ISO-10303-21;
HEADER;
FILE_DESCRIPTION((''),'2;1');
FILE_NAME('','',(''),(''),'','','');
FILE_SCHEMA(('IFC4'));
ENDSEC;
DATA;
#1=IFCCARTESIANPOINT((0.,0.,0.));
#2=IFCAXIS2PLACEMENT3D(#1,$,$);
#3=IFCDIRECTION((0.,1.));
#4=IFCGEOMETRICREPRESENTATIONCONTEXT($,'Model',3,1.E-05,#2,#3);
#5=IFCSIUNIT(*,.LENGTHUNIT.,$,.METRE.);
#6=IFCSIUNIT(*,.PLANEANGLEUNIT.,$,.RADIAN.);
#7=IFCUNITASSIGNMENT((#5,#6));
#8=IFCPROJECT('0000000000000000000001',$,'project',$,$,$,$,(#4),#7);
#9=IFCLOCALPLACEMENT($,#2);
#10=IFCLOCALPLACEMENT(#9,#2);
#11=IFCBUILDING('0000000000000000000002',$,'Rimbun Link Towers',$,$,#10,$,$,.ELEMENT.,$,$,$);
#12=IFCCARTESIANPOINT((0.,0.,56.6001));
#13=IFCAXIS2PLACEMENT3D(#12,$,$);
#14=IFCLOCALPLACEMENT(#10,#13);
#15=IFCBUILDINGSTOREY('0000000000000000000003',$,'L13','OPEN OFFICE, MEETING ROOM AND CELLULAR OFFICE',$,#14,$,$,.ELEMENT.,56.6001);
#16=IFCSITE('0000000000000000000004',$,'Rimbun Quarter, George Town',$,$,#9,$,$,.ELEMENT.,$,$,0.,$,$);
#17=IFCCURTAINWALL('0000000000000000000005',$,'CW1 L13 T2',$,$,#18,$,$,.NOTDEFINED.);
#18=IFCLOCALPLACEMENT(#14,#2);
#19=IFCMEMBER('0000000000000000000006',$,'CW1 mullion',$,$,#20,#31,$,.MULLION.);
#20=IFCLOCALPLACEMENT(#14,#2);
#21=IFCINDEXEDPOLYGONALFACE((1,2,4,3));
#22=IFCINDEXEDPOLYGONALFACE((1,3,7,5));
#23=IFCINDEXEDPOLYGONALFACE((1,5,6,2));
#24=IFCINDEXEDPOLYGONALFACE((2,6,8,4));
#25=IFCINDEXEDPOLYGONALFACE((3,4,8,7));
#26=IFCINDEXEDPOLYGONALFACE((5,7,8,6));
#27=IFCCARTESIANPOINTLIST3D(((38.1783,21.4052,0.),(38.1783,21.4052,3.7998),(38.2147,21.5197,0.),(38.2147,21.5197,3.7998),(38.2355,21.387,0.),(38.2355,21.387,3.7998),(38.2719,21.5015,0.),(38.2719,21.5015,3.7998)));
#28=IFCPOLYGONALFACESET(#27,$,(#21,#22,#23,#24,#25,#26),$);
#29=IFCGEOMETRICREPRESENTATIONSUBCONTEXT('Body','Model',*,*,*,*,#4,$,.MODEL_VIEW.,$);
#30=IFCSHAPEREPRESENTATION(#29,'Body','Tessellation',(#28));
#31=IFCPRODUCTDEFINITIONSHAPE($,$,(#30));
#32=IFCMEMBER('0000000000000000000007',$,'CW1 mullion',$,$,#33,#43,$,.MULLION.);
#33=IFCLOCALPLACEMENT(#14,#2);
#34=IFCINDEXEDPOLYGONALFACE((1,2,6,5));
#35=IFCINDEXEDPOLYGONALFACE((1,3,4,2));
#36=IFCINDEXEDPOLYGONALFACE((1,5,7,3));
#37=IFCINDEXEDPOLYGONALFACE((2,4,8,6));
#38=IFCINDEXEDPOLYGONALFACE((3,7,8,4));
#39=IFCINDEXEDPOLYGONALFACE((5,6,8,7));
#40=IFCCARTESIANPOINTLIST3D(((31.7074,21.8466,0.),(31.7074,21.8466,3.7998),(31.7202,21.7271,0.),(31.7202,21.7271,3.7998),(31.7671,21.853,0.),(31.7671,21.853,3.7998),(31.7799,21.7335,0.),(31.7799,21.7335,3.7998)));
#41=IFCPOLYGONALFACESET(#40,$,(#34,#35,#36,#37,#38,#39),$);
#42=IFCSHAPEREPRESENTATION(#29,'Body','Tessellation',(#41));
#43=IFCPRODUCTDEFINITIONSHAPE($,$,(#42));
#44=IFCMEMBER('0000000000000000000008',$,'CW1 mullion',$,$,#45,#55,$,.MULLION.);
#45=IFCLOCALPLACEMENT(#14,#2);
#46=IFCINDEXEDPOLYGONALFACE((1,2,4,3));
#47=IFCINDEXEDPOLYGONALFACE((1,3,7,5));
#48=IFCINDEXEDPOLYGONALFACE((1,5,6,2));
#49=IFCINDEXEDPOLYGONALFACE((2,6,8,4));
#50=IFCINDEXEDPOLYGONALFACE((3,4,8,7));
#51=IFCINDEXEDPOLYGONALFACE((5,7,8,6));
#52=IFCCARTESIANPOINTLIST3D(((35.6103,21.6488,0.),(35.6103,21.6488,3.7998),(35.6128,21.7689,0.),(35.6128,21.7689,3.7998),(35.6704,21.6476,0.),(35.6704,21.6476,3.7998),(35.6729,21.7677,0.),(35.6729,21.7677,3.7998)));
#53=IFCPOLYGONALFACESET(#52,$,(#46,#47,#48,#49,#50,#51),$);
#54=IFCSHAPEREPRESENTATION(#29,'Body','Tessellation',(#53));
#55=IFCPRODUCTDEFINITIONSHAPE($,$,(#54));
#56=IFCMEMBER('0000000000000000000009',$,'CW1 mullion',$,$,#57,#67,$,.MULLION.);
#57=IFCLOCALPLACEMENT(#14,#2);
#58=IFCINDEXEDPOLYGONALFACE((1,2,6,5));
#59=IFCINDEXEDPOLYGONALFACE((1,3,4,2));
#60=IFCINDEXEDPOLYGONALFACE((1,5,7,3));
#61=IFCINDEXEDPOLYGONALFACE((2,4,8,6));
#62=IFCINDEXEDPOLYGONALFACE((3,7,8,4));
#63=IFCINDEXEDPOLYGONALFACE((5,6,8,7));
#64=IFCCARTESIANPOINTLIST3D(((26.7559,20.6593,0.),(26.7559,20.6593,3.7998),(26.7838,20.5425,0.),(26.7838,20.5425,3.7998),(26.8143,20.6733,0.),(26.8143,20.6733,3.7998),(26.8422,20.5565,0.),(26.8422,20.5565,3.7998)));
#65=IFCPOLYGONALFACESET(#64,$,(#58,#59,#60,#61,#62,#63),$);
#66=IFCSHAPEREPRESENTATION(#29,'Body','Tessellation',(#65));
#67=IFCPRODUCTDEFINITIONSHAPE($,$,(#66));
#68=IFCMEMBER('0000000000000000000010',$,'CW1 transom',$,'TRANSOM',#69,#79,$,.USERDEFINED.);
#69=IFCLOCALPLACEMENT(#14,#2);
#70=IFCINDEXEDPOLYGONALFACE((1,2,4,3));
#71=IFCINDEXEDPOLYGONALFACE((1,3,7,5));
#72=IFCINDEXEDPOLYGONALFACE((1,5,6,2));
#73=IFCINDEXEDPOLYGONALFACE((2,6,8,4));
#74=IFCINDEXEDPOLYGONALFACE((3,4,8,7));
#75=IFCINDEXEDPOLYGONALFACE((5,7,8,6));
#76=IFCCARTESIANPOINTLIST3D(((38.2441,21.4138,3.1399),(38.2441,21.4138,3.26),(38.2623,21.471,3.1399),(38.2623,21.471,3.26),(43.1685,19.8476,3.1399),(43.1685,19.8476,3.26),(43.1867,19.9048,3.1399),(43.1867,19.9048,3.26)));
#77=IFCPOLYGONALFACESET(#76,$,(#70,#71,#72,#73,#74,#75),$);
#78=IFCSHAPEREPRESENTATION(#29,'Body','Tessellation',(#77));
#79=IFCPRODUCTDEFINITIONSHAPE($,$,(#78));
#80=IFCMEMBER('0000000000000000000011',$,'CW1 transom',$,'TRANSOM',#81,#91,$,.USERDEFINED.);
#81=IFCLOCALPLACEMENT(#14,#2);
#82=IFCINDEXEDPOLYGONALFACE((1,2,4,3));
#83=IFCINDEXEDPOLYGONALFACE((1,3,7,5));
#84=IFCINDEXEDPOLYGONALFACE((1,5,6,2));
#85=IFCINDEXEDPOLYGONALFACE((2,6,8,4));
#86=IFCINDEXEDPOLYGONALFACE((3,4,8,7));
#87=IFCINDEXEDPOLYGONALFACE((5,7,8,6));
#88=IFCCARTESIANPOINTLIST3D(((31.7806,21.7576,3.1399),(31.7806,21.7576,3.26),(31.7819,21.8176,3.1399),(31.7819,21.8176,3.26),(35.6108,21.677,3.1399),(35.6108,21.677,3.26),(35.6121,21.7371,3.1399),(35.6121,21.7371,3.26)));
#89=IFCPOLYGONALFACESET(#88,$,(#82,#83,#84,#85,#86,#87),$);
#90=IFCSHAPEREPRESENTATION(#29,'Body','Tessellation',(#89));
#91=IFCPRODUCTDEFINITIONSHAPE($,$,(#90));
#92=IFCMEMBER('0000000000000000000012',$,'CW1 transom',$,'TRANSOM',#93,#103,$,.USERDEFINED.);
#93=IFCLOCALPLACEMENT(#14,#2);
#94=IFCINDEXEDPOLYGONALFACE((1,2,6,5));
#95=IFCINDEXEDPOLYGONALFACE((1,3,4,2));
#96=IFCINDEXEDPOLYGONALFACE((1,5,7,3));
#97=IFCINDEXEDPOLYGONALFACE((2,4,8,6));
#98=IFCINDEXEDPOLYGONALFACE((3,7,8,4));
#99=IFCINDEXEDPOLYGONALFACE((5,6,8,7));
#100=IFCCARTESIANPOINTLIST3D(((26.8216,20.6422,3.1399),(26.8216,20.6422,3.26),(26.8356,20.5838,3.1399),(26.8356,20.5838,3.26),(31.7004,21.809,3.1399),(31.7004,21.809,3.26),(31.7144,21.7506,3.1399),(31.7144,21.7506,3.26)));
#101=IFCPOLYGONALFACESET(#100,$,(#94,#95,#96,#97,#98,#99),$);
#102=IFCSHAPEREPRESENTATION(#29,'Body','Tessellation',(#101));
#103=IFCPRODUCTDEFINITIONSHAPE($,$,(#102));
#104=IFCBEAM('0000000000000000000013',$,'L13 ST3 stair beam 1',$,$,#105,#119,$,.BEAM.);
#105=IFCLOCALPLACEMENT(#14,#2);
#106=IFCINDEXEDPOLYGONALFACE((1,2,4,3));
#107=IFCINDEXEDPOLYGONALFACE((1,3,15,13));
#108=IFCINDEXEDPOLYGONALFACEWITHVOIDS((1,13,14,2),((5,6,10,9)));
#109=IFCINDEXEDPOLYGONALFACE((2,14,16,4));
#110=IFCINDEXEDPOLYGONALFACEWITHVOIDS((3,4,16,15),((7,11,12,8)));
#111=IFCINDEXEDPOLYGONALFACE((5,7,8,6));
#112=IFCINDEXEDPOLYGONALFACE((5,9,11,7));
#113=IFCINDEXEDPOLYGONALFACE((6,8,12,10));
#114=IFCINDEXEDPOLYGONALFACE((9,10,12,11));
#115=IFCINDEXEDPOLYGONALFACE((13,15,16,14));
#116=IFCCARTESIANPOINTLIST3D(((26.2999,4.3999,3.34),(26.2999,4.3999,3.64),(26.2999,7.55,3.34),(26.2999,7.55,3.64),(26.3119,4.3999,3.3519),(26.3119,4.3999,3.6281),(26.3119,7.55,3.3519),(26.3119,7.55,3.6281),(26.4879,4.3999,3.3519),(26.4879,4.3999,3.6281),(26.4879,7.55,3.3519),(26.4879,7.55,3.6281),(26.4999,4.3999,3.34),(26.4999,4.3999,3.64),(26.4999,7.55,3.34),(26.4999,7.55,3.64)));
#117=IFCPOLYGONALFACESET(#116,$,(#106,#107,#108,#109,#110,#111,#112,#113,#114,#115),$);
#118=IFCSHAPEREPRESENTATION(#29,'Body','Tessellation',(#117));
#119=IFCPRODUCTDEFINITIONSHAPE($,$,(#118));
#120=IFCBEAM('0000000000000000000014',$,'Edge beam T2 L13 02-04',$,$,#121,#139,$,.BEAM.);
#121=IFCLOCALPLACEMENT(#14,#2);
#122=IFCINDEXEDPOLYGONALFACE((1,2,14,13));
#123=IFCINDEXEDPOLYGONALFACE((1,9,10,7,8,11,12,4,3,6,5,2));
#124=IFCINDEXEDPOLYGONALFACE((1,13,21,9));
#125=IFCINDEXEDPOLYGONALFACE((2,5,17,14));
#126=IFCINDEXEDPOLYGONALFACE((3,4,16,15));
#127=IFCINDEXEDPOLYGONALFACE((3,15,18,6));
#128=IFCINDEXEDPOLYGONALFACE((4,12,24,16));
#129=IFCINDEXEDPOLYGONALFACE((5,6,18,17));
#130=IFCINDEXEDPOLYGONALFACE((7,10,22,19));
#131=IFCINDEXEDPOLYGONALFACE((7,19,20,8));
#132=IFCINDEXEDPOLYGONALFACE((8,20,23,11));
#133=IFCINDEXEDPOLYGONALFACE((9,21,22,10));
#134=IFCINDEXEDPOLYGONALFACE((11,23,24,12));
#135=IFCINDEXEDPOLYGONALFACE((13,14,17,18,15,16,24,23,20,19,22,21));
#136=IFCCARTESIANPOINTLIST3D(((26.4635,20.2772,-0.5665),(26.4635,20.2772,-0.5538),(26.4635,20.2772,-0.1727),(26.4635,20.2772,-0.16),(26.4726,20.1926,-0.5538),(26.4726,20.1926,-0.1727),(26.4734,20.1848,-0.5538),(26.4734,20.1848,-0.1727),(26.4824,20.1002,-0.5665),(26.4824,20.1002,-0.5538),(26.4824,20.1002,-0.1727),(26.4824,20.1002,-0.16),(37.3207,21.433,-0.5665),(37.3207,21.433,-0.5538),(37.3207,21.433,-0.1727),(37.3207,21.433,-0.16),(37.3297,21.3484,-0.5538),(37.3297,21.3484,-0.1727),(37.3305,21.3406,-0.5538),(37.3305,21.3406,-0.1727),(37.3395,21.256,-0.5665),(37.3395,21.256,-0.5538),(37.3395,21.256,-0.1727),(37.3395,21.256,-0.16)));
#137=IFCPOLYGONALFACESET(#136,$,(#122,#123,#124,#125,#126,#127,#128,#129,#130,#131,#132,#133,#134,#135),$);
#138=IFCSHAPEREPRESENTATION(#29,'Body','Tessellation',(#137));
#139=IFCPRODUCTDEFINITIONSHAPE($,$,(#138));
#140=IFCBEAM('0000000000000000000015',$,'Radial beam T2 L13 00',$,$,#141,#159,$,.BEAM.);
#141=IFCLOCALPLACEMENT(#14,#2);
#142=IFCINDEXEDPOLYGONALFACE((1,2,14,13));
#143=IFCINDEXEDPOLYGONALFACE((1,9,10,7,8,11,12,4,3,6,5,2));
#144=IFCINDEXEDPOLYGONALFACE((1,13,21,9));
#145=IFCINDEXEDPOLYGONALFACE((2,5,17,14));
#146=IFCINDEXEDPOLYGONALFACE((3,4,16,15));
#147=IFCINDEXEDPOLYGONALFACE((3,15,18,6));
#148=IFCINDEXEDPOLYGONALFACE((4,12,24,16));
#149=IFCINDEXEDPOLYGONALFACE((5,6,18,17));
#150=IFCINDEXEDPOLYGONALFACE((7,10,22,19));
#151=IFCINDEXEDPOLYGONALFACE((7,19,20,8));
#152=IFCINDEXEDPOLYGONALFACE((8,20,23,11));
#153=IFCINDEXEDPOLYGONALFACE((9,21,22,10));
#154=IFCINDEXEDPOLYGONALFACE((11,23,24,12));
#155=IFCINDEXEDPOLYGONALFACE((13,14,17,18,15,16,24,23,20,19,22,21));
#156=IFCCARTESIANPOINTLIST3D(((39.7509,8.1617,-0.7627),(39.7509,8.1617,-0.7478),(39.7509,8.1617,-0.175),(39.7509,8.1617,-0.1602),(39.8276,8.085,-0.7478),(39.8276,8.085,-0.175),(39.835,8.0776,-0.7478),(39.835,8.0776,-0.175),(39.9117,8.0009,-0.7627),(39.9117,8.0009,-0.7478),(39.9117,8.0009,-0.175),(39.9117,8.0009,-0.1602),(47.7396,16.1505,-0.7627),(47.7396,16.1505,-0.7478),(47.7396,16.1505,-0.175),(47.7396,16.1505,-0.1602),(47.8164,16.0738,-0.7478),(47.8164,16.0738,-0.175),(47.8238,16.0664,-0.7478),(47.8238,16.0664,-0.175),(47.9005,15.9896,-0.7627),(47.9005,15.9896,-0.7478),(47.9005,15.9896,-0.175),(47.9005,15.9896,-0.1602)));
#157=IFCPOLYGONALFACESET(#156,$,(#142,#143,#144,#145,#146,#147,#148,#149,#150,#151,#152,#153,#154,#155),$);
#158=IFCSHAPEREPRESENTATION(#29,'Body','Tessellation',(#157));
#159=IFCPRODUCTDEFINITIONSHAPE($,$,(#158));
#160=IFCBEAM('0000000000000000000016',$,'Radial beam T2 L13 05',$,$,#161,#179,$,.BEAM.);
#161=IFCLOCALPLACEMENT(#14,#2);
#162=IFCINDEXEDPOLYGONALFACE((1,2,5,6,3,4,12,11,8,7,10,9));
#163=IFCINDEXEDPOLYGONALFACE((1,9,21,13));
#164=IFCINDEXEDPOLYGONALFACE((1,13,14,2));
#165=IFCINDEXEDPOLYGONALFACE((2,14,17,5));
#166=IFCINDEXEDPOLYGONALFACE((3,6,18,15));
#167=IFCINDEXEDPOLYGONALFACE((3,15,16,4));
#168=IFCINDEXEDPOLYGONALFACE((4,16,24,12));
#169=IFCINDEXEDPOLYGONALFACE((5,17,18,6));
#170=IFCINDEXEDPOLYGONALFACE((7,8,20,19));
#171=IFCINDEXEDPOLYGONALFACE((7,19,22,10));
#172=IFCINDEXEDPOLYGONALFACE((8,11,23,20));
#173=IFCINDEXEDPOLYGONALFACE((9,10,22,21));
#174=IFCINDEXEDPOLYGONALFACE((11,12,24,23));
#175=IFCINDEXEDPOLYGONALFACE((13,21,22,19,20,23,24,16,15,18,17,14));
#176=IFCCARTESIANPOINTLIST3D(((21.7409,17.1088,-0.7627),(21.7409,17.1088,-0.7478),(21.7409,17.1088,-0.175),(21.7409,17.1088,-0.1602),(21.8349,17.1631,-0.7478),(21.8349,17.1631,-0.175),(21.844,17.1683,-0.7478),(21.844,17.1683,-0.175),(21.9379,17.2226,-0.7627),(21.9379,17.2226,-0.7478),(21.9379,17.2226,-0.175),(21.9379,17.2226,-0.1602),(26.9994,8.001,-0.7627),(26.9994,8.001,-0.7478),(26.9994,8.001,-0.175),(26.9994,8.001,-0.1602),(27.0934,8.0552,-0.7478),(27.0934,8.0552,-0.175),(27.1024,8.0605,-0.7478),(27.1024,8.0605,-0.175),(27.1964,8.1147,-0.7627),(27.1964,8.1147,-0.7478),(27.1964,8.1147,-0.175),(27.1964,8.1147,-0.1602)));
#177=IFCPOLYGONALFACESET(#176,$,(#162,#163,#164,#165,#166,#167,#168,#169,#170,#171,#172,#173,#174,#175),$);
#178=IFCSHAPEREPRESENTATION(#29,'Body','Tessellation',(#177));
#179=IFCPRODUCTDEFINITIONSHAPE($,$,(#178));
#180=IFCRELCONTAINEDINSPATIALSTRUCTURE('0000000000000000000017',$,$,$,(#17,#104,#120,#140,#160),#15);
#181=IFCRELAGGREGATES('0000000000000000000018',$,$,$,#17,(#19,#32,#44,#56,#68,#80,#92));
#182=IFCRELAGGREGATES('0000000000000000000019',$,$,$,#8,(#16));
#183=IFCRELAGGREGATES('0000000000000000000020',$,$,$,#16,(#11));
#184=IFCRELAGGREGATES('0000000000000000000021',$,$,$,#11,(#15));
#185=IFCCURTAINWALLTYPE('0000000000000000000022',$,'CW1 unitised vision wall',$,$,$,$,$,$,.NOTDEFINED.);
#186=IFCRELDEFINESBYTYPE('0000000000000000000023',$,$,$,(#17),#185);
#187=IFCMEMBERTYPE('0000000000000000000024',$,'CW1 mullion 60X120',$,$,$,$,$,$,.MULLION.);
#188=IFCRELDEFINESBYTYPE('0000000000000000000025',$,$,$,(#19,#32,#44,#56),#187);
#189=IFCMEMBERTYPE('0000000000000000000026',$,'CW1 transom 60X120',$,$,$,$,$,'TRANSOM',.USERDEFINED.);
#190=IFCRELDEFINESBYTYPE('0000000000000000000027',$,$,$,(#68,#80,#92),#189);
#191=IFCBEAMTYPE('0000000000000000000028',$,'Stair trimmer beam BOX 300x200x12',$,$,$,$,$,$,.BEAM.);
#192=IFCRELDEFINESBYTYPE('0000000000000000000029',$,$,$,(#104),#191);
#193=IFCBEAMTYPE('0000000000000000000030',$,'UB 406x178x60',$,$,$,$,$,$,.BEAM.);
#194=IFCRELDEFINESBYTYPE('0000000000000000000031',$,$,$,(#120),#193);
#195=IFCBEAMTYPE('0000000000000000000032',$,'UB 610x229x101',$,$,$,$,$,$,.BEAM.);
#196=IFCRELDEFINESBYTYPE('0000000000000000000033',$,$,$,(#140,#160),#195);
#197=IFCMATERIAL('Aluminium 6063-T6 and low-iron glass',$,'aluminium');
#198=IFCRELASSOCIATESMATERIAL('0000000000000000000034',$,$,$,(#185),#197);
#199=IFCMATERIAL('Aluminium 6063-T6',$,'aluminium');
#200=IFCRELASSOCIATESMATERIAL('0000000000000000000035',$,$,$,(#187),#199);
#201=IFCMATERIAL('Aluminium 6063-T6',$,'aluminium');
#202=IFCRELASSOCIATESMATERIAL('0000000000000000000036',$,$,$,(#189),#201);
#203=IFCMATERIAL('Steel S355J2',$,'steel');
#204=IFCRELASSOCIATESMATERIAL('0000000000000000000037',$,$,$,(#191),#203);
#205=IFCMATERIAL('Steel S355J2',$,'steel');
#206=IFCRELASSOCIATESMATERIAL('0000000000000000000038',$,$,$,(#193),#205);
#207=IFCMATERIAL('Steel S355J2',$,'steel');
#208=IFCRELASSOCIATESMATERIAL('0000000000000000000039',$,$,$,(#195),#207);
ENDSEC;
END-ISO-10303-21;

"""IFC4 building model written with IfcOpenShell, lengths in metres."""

from ifc_helpers import new_model, si_unit, direction, frame, origin, origin_2d, place, context, subcontext, project, spatial, rectangle, hollow_rectangle, i_section, extrude, material, material_profile, profile_set, type_object, element, aggregate, save


model = new_model("IFC4")

# Units and contexts
model_context = context("Model", 3, precision=1e-05, world=origin(), true_north=direction((0.0, 1.0)))
body_context = subcontext(model_context, "Body", "Model", "MODEL_VIEW")
ifc_project = project(units=[si_unit("LENGTHUNIT", "METRE"), si_unit("PLANEANGLEUNIT", "RADIAN")], contexts=[model_context])

# Site, building, storey
site_placement = place(None, origin())
site = spatial("IfcSite", under=ifc_project, at=site_placement, Name="Rimbun Quarter, George Town", CompositionType="ELEMENT", RefElevation=0.0)
building_placement = place(site_placement, origin())
building = spatial("IfcBuilding", under=site, at=building_placement, Name="Rimbun Link Towers", CompositionType="ELEMENT")
storey_placement = place(building_placement, frame((0.0, 0.0, 56.6001)))
storey = spatial("IfcBuildingStorey", under=building, at=storey_placement, Name="L13", Description="OPEN OFFICE, MEETING ROOM AND CELLULAR OFFICE", CompositionType="ELEMENT", Elevation=56.6001)

# Curtain wall, members
ifc_material_1 = material(Name="Aluminium 6063-T6 and low-iron glass", Category="aluminium")
curtain_wall_type = type_object("IfcCurtainWallType", Name="CW1 unitised vision wall", PredefinedType="NOTDEFINED", material=ifc_material_1)
curtain_wall_placement = place(storey_placement, origin())
curtain_wall = element("IfcCurtainWall", 1, at=curtain_wall_placement, inside=storey, type_object=curtain_wall_type, Name="CW1 L13 T2", PredefinedType="NOTDEFINED")
ifc_material_2 = material(Name="Aluminium 6063-T6", Category="aluminium")
ifc_material_profile_1 = material_profile(ifc_material_2, rectangle(XDim=0.1201, YDim=0.0601, at=origin_2d()), Name="MULLION 60X120")
ifc_profile_set_1 = profile_set([ifc_material_profile_1], Name="Aluminium 6063-T6")
member_type_1 = type_object("IfcMemberType", Name="CW1 mullion 60X120", PredefinedType="MULLION", material=ifc_profile_set_1)
member_1_placement = place(storey_placement, frame((38.2251, 21.4534, 0.0), z_axis=(0.0, 0.0, 1.0), x_axis=(0.303073, 0.952967, 0.0)))
member_1 = element("IfcMember", 2, at=member_1_placement, type_object=member_type_1, Name="CW1 mullion", PredefinedType="MULLION", context=body_context, shape_type="SweptSolid", body=[
    extrude(rectangle(XDim=0.1201, YDim=0.0601, at=origin_2d()), origin(), (0.0, 0.0, 1.0), 3.7998),
])
member_2_placement = place(storey_placement, frame((31.7437, 21.79, 0.0), z_axis=(0.0, 0.0, 1.0), x_axis=(-0.10664, 0.994298, 0.0)))
member_2 = element("IfcMember", 3, at=member_2_placement, type_object=member_type_1, Name="CW1 mullion", PredefinedType="MULLION", context=body_context, shape_type="SweptSolid", body=[
    extrude(rectangle(XDim=0.1201, YDim=0.0601, at=origin_2d()), origin(), (0.0, 0.0, 1.0), 3.7998),
])
member_3_placement = place(storey_placement, frame((35.6416, 21.7083, 0.0), z_axis=(0.0, 0.0, 1.0), x_axis=(0.021066, 0.999778, 0.0)))
member_3 = element("IfcMember", 4, at=member_3_placement, type_object=member_type_1, Name="CW1 mullion", PredefinedType="MULLION", context=body_context, shape_type="SweptSolid", body=[
    extrude(rectangle(XDim=0.1201, YDim=0.0601, at=origin_2d()), origin(), (0.0, 0.0, 1.0), 3.7998),
])
member_4_placement = place(storey_placement, frame((26.7991, 20.6079, 0.0), z_axis=(0.0, 0.0, 1.0), x_axis=(-0.232603, 0.972572, 0.0)))
member_4 = element("IfcMember", 5, at=member_4_placement, type_object=member_type_1, Name="CW1 mullion", PredefinedType="MULLION", context=body_context, shape_type="SweptSolid", body=[
    extrude(rectangle(XDim=0.1201, YDim=0.0601, at=origin_2d()), origin(), (0.0, 0.0, 1.0), 3.7998),
])
ifc_material_3 = material(Name="Aluminium 6063-T6", Category="aluminium")
ifc_material_profile_2 = material_profile(ifc_material_3, rectangle(XDim=0.0601, YDim=0.1201, at=origin_2d()), Name="TRANSOM 60X120")
ifc_profile_set_2 = profile_set([ifc_material_profile_2], Name="Aluminium 6063-T6")
member_type_2 = type_object("IfcMemberType", Name="CW1 transom 60X120", ElementType="TRANSOM", PredefinedType="USERDEFINED", material=ifc_profile_set_2)
member_5_placement = place(storey_placement, frame((38.2532, 21.4424, 3.2), z_axis=(0.952963, -0.303087, 0.0), x_axis=(0.303087, 0.952963, 0.0)))
member_5 = element("IfcMember", 6, at=member_5_placement, type_object=member_type_2, Name="CW1 transom", ObjectType="TRANSOM", PredefinedType="USERDEFINED", context=body_context, shape_type="SweptSolid", body=[
    extrude(rectangle(XDim=0.0601, YDim=0.1201, at=origin_2d()), origin(), (0.0, 0.0, 1.0), 5.1675),
])
member_6_placement = place(storey_placement, frame((31.7812, 21.7876, 3.2), z_axis=(0.999779, -0.021029, 0.0), x_axis=(0.021029, 0.999779, 0.0)))
member_6 = element("IfcMember", 7, at=member_6_placement, type_object=member_type_2, Name="CW1 transom", ObjectType="TRANSOM", PredefinedType="USERDEFINED", context=body_context, shape_type="SweptSolid", body=[
    extrude(rectangle(XDim=0.0601, YDim=0.1201, at=origin_2d()), origin(), (0.0, 0.0, 1.0), 3.8311),
])
member_7_placement = place(storey_placement, frame((26.8286, 20.613, 3.2), z_axis=(0.972574, 0.232594, 0.0), x_axis=(-0.232594, 0.972574, 0.0)))
member_7 = element("IfcMember", 8, at=member_7_placement, type_object=member_type_2, Name="CW1 transom", ObjectType="TRANSOM", PredefinedType="USERDEFINED", context=body_context, shape_type="SweptSolid", body=[
    extrude(rectangle(XDim=0.0601, YDim=0.1201, at=origin_2d()), origin(), (0.0, 0.0, 1.0), 5.0164),
])

# Beams
ifc_material_4 = material(Name="Steel S355J2", Category="steel")
ifc_material_profile_3 = material_profile(ifc_material_4, hollow_rectangle(XDim=0.2, YDim=0.3, WallThickness=0.012, at=origin_2d()), Name="BOX 300x200x12")
ifc_profile_set_3 = profile_set([ifc_material_profile_3], Name="Steel S355J2")
beam_type_1 = type_object("IfcBeamType", Name="Stair trimmer beam BOX 300x200x12", PredefinedType="BEAM", material=ifc_profile_set_3)
beam_1_placement = place(storey_placement, frame((26.3999, 7.55, 3.49), z_axis=(0.0, -1.0, 0.0), x_axis=(1.0, 0.0, 0.0)))
element("IfcBeam", 9, at=beam_1_placement, inside=storey, type_object=beam_type_1, Name="L13 ST3 stair beam 1", PredefinedType="BEAM", context=body_context, shape_type="SweptSolid", body=[
    extrude(hollow_rectangle(XDim=0.2, YDim=0.3, WallThickness=0.012, at=origin_2d()), origin(), (0.0, 0.0, 1.0), 3.1501),
])
ifc_material_5 = material(Name="Steel S355J2", Category="steel")
ifc_material_profile_4 = material_profile(ifc_material_5, i_section(OverallWidth=0.178, OverallDepth=0.4065, WebThickness=0.0078, FlangeThickness=0.0127, at=origin_2d()), Name="UB 406x178x60")
ifc_profile_set_4 = profile_set([ifc_material_profile_4], Name="Steel S355J2")
beam_type_2 = type_object("IfcBeamType", Name="UB 406x178x60", PredefinedType="BEAM", material=ifc_profile_set_4)
beam_2_placement = place(storey_placement, frame((37.3301, 21.3445, -0.3633), z_axis=(-0.994382, -0.105853, 0.0), x_axis=(0.105853, -0.994382, 0.0)))
element("IfcBeam", 10, at=beam_2_placement, inside=storey, type_object=beam_type_2, Name="Edge beam T2 L13 02-04", PredefinedType="BEAM", context=body_context, shape_type="SweptSolid", body=[
    extrude(i_section(OverallWidth=0.178, OverallDepth=0.4065, WebThickness=0.0078, FlangeThickness=0.0127, at=origin_2d()), origin(), (0.0, 0.0, 1.0), 10.9185),
])
ifc_material_6 = material(Name="Steel S355J2", Category="steel")
ifc_material_profile_5 = material_profile(ifc_material_6, i_section(OverallWidth=0.2275, OverallDepth=0.6025, WebThickness=0.0105, FlangeThickness=0.0149, at=origin_2d()), Name="UB 610x229x101")
ifc_profile_set_5 = profile_set([ifc_material_profile_5], Name="Steel S355J2")
beam_type_3 = type_object("IfcBeamType", Name="UB 610x229x101", PredefinedType="BEAM", material=ifc_profile_set_5)
beam_3_placement = place(storey_placement, frame((39.8313, 8.0813, -0.4614), z_axis=(0.707107, 0.707107, 0.0), x_axis=(-0.707107, 0.707107, 0.0)))
element("IfcBeam", 11, at=beam_3_placement, inside=storey, type_object=beam_type_3, Name="Radial beam T2 L13 00", PredefinedType="BEAM", context=body_context, shape_type="SweptSolid", body=[
    extrude(i_section(OverallWidth=0.2275, OverallDepth=0.6025, WebThickness=0.0105, FlangeThickness=0.0149, at=origin_2d()), origin(), (0.0, 0.0, 1.0), 11.2979),
])
beam_4_placement = place(storey_placement, frame((27.0979, 8.0579, -0.4614), z_axis=(-0.500006, 0.866022, 0.0), x_axis=(-0.866022, -0.500006, 0.0)))
element("IfcBeam", 12, at=beam_4_placement, inside=storey, type_object=beam_type_3, Name="Radial beam T2 L13 05", PredefinedType="BEAM", context=body_context, shape_type="SweptSolid", body=[
    extrude(i_section(OverallWidth=0.2275, OverallDepth=0.6025, WebThickness=0.0105, FlangeThickness=0.0149, at=origin_2d()), origin(), (0.0, 0.0, 1.0), 10.5168),
])

aggregate(curtain_wall, [member_1, member_2, member_3, member_4, member_5, member_6, member_7])

save(model, "model.ifc")
